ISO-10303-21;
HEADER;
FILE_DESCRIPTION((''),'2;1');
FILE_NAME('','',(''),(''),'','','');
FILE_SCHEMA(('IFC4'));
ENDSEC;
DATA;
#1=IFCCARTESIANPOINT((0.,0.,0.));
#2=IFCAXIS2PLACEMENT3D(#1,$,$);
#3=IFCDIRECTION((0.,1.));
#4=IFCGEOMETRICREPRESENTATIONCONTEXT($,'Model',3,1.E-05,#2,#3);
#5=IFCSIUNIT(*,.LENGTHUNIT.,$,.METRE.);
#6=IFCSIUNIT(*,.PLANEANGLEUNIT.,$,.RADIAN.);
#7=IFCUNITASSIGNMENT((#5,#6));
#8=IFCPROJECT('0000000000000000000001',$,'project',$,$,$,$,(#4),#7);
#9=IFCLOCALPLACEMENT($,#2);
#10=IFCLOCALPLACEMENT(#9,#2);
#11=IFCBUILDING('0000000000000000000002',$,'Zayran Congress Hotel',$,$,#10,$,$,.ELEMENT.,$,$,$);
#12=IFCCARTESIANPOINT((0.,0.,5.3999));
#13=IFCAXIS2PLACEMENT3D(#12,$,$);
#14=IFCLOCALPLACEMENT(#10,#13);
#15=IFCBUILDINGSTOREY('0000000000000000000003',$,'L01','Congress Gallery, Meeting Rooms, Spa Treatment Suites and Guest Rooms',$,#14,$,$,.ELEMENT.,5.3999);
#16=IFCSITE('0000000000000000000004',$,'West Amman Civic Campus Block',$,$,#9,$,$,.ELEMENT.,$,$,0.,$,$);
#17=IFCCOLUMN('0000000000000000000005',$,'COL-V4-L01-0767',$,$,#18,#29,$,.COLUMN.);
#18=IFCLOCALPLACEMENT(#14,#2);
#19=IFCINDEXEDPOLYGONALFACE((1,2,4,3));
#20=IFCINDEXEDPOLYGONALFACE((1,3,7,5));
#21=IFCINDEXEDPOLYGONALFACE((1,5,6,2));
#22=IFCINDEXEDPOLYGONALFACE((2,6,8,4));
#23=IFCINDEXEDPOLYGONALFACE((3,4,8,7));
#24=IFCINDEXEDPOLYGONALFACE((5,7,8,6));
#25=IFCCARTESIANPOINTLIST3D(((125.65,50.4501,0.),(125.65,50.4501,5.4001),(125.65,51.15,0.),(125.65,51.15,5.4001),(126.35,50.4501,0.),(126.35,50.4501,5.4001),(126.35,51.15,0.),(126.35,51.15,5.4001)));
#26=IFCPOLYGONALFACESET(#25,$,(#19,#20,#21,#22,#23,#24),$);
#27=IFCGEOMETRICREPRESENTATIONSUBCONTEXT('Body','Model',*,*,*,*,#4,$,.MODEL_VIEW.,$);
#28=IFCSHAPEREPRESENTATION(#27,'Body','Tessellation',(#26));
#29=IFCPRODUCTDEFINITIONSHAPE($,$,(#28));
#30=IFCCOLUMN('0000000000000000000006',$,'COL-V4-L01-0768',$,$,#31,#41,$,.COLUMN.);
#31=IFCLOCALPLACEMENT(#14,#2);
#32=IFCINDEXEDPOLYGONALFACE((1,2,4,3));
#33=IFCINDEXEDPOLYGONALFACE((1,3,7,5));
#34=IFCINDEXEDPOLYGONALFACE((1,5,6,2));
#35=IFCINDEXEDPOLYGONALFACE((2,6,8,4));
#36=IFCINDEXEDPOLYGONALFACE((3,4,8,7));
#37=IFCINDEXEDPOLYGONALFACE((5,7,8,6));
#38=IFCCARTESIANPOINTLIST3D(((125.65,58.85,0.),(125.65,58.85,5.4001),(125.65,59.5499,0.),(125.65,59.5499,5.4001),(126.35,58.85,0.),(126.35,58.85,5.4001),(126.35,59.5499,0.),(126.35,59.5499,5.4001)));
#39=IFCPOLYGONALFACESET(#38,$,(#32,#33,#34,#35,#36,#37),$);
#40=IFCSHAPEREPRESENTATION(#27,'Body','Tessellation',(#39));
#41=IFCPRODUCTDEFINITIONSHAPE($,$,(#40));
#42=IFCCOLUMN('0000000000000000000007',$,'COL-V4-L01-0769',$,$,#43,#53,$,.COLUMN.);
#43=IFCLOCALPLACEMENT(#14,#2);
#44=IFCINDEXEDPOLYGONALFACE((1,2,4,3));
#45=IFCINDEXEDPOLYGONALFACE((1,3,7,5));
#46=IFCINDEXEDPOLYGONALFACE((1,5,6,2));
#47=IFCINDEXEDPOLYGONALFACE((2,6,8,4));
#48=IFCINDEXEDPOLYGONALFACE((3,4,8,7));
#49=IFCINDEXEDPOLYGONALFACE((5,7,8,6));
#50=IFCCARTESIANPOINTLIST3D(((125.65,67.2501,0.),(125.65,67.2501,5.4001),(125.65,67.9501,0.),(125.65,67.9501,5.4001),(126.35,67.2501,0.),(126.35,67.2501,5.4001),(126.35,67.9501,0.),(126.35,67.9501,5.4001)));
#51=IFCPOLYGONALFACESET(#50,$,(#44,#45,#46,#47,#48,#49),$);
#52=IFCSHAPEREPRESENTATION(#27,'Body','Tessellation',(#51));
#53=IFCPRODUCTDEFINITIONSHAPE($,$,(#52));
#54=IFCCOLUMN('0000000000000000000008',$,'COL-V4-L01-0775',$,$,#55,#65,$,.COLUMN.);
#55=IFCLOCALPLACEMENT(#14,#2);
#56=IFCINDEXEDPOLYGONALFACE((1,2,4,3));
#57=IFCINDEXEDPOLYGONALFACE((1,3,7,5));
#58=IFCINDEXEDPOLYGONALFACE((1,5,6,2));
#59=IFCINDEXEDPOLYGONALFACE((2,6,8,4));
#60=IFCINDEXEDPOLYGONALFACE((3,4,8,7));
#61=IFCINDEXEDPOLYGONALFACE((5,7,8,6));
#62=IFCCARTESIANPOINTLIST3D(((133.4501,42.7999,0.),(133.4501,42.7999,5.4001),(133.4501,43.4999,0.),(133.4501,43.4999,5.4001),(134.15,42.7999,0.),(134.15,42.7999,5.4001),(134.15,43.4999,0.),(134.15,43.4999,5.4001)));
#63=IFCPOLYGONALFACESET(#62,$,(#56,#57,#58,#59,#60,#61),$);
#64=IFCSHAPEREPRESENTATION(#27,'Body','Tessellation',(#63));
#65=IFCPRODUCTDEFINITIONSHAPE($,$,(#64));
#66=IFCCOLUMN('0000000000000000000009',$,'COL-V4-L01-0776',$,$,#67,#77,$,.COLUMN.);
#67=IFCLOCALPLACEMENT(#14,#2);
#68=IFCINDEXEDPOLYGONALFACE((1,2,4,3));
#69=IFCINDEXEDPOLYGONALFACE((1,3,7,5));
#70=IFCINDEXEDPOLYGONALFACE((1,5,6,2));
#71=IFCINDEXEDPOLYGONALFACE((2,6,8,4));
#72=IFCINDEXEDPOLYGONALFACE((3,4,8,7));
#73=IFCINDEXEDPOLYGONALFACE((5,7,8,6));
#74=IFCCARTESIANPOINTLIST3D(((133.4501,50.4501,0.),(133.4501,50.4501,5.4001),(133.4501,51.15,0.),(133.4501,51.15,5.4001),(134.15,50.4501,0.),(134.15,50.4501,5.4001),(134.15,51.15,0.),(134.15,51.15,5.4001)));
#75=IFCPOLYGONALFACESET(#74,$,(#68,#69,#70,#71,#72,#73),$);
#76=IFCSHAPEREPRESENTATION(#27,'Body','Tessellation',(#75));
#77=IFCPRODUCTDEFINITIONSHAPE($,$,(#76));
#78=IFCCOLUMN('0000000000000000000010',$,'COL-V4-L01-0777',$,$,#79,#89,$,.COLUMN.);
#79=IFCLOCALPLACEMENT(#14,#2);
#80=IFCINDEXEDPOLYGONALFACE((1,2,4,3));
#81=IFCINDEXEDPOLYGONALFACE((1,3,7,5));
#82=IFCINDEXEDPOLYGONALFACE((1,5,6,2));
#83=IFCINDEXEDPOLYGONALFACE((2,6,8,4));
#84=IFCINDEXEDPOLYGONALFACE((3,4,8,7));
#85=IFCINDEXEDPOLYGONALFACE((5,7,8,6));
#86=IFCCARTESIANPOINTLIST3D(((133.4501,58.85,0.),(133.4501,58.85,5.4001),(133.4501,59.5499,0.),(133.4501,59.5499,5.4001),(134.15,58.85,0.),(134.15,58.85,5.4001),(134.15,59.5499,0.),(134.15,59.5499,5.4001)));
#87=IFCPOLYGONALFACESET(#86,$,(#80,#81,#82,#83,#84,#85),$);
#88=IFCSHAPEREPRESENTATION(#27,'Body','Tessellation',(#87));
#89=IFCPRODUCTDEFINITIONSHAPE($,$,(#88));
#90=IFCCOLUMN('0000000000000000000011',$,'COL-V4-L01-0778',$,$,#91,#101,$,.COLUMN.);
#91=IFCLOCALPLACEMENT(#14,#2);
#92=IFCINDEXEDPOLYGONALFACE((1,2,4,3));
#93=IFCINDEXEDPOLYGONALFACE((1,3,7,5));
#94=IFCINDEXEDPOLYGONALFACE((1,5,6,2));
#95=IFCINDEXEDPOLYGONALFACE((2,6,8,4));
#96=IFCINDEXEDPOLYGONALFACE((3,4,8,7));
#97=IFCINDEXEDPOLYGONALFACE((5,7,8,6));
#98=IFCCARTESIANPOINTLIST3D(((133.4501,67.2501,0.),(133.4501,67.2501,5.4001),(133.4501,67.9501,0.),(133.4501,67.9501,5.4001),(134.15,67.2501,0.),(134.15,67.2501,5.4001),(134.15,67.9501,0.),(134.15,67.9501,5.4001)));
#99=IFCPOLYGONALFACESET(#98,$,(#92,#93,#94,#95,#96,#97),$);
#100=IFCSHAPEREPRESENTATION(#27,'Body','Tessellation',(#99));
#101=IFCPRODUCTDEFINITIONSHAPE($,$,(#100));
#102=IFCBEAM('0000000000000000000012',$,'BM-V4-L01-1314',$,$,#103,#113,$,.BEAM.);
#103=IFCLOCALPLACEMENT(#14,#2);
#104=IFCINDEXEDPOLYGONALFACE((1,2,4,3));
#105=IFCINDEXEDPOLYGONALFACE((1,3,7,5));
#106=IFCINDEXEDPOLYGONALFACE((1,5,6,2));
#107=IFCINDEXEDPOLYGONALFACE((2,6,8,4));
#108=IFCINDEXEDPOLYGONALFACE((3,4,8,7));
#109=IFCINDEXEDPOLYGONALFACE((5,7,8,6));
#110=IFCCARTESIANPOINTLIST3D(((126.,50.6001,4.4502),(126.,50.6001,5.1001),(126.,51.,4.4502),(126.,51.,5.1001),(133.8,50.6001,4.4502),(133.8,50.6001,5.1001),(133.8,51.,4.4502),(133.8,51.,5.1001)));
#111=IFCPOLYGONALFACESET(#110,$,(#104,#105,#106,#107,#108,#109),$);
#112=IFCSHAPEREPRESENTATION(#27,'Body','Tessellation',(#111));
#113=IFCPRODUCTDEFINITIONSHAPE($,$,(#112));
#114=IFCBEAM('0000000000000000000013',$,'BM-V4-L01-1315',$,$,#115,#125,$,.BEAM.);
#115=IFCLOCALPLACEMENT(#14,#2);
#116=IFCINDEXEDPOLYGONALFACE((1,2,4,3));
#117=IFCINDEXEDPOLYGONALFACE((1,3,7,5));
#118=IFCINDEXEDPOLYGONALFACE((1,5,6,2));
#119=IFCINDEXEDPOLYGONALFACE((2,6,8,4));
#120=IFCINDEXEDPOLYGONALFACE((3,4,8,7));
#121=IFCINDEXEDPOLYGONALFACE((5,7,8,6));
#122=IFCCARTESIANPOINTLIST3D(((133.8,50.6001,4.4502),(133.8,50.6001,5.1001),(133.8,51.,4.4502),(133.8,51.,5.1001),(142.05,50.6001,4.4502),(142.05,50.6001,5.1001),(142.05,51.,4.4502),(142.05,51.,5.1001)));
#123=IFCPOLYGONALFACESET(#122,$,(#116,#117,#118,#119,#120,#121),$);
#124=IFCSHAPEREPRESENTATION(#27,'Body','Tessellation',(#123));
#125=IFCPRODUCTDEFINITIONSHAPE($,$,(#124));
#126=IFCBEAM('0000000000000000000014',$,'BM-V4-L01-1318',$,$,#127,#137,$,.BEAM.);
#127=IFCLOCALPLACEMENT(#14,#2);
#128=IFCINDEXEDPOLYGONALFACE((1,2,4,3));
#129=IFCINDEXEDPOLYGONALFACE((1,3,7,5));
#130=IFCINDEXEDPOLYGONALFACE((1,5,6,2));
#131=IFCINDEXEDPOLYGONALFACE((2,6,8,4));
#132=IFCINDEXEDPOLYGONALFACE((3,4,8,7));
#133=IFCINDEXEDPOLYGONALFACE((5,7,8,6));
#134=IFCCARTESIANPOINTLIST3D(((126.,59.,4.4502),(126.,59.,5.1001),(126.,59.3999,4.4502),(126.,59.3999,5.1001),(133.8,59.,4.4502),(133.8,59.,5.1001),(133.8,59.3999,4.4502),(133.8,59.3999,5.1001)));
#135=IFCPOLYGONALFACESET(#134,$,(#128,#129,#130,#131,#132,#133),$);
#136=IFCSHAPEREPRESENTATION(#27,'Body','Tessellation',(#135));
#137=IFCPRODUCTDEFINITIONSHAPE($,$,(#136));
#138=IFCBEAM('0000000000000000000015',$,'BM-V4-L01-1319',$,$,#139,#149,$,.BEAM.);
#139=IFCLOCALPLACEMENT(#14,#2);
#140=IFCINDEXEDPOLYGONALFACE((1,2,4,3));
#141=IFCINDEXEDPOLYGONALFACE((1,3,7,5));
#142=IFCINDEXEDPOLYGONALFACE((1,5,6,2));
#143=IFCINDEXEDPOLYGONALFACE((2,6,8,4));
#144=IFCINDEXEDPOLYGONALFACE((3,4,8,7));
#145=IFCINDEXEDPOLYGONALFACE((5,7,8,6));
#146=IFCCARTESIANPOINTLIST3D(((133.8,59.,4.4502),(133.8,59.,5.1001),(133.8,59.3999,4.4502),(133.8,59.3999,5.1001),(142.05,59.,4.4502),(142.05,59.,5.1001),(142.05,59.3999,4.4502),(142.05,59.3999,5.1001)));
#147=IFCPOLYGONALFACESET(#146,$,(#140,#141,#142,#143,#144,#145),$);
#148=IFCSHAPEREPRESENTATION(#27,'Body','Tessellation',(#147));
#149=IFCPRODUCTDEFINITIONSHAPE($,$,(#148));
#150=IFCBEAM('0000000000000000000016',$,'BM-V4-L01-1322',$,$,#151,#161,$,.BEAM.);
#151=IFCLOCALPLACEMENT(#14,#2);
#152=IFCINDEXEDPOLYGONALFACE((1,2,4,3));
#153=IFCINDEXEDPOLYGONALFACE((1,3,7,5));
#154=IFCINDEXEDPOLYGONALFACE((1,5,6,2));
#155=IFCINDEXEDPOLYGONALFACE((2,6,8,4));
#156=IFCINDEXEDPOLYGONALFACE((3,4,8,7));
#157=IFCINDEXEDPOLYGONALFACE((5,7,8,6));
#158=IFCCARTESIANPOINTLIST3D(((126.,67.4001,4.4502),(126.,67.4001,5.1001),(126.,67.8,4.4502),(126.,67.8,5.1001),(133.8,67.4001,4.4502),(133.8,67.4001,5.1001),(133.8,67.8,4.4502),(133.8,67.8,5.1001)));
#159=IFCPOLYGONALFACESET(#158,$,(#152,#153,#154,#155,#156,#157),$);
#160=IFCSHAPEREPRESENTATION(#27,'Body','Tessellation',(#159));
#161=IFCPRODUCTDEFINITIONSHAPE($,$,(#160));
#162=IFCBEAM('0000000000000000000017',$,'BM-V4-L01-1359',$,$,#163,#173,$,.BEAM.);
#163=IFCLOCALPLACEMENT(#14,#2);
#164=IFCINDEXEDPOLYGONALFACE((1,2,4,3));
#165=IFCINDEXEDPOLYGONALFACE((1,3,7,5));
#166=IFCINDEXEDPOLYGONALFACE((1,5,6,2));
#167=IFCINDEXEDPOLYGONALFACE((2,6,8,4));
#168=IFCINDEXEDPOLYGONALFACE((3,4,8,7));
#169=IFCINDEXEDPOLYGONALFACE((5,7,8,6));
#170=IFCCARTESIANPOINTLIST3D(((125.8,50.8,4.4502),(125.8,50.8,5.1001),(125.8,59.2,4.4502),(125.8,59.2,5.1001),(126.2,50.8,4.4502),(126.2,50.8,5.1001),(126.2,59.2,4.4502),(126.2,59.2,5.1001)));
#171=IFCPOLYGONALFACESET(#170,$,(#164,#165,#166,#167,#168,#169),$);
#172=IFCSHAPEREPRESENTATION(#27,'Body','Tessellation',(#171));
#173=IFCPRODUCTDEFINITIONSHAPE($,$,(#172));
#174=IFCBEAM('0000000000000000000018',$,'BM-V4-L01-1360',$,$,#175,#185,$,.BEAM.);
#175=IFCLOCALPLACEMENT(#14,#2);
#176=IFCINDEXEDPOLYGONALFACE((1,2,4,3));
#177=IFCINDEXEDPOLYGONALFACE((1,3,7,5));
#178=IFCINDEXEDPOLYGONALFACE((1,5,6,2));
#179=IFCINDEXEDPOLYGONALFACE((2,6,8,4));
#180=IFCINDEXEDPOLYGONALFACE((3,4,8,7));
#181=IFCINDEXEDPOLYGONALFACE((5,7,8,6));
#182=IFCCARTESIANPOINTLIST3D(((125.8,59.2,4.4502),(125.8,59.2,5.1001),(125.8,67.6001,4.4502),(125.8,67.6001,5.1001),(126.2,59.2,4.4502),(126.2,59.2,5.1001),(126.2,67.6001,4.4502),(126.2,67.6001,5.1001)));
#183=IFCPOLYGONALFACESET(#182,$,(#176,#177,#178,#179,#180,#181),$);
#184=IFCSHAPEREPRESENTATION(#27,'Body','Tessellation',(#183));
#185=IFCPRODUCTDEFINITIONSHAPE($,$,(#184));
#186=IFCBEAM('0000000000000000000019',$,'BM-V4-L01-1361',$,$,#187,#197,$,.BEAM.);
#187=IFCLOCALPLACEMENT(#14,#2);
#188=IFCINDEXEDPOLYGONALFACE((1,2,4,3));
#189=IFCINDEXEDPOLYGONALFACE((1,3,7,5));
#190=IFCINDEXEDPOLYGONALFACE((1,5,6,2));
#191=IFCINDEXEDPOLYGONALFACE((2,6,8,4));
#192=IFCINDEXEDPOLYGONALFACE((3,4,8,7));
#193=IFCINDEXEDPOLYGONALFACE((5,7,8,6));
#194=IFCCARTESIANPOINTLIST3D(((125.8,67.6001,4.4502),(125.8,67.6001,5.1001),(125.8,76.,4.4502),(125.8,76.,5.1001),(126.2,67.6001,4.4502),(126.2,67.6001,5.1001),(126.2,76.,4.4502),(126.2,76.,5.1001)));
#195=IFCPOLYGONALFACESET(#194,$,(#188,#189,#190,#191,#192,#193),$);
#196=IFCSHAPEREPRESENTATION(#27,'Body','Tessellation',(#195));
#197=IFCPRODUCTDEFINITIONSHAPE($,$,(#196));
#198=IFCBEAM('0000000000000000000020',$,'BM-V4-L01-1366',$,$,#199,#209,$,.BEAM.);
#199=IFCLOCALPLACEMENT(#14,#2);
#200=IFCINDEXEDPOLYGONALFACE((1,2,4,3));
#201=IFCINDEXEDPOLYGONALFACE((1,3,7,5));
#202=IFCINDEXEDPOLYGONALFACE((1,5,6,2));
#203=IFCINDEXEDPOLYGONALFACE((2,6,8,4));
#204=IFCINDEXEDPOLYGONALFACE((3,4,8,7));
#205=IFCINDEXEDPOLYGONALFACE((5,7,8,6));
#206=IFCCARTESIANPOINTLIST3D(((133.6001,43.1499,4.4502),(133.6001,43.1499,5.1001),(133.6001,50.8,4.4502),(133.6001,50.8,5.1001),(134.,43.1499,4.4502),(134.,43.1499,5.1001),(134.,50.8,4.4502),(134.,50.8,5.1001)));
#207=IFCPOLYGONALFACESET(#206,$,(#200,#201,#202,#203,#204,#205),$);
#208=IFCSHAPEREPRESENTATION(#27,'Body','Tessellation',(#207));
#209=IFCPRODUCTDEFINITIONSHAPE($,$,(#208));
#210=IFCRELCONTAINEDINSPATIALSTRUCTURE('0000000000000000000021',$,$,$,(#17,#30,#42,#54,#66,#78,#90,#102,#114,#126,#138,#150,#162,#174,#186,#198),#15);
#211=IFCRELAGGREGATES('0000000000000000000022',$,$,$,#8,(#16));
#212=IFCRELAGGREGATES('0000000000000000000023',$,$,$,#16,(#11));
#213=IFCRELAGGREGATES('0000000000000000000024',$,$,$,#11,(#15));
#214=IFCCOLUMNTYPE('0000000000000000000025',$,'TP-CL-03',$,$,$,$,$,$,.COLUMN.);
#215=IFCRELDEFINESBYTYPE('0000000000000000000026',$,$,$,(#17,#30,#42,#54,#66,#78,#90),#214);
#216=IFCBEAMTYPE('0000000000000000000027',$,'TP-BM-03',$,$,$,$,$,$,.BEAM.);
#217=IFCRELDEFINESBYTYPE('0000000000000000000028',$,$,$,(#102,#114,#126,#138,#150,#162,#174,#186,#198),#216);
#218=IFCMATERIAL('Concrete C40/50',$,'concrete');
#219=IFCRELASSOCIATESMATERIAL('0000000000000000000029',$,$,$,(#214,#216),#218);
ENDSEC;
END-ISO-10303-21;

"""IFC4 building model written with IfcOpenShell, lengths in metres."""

from ifc_helpers import new_model, si_unit, direction, frame, origin, origin_2d, place, context, subcontext, project, spatial, rectangle, extrude, material, material_profile, profile_set, type_object, element, save


model = new_model("IFC4")

# Units and contexts
model_context = context("Model", 3, precision=1e-05, world=origin(), true_north=direction((0.0, 1.0)))
body_context = subcontext(model_context, "Body", "Model", "MODEL_VIEW")
ifc_project = project(units=[si_unit("LENGTHUNIT", "METRE"), si_unit("PLANEANGLEUNIT", "RADIAN")], contexts=[model_context])

# Site, building, storey
site_placement = place(None, origin())
site = spatial("IfcSite", under=ifc_project, at=site_placement, Name="West Amman Civic Campus Block", CompositionType="ELEMENT", RefElevation=0.0)
building_placement = place(site_placement, origin())
building = spatial("IfcBuilding", under=site, at=building_placement, Name="Zayran Congress Hotel", CompositionType="ELEMENT")
storey_placement = place(building_placement, frame((0.0, 0.0, 5.3999)))
storey = spatial("IfcBuildingStorey", under=building, at=storey_placement, Name="L01", Description="Congress Gallery, Meeting Rooms, Spa Treatment Suites and Guest Rooms", CompositionType="ELEMENT", Elevation=5.3999)

# Columns
ifc_material_1 = material(Name="Concrete C40/50", Category="concrete")
ifc_material_profile_1 = material_profile(ifc_material_1, rectangle(XDim=0.7, YDim=0.7, at=origin_2d()), Name="RC 700x700")
ifc_profile_set_1 = profile_set([ifc_material_profile_1], Name="Concrete C40/50")
column_type = type_object("IfcColumnType", Name="TP-CL-03", PredefinedType="COLUMN", material=ifc_profile_set_1)
for number, where, z_axis, x_axis, name in (
    (1, (126.0, 50.8, 0.0), (0.0, 0.0, 1.0), (1.0, 0.0, 0.0), "COL-V4-L01-0767"),
    (2, (126.0, 59.2, 0.0), (0.0, 0.0, 1.0), (1.0, 0.0, 0.0), "COL-V4-L01-0768"),
    (3, (126.0, 67.6001, 0.0), (0.0, 0.0, 1.0), (1.0, 0.0, 0.0), "COL-V4-L01-0769"),
    (4, (133.8, 43.1499, 0.0), (0.0, 0.0, 1.0), (1.0, 0.0, 0.0), "COL-V4-L01-0775"),
    (5, (133.8, 50.8, 0.0), (0.0, 0.0, 1.0), (1.0, 0.0, 0.0), "COL-V4-L01-0776"),
    (6, (133.8, 59.2, 0.0), (0.0, 0.0, 1.0), (1.0, 0.0, 0.0), "COL-V4-L01-0777"),
    (7, (133.8, 67.6001, 0.0), (0.0, 0.0, 1.0), (1.0, 0.0, 0.0), "COL-V4-L01-0778"),
):
    element("IfcColumn", number, at=place(storey_placement, frame(where, z_axis=z_axis, x_axis=x_axis)), inside=storey, type_object=column_type, Name=name, PredefinedType="COLUMN", context=body_context, shape_type="SweptSolid", body=[
        extrude(rectangle(XDim=0.7, YDim=0.7, at=origin_2d()), origin(), (0.0, 0.0, 1.0), 5.4001),
    ])

# Beams
ifc_material_profile_2 = material_profile(ifc_material_1, rectangle(XDim=0.3999, YDim=0.6499, at=origin_2d()), Name="RC 400x650")
ifc_profile_set_2 = profile_set([ifc_material_profile_2], Name="Concrete C40/50")
beam_type_1 = type_object("IfcBeamType", Name="TP-BM-03", PredefinedType="BEAM", material=ifc_profile_set_2)
beam_1_placement = place(storey_placement, frame((126.0, 50.8, 4.7751), z_axis=(1.0, 0.0, 0.0), x_axis=(0.0, 1.0, 0.0)))
element("IfcBeam", 8, at=beam_1_placement, inside=storey, type_object=beam_type_1, Name="BM-V4-L01-1314", PredefinedType="BEAM", context=body_context, shape_type="SweptSolid", body=[
    extrude(rectangle(XDim=0.3999, YDim=0.6499, at=origin_2d()), origin(), (0.0, 0.0, 1.0), 7.8),
])
beam_2_placement = place(storey_placement, frame((133.8, 50.8, 4.7751), z_axis=(1.0, 0.0, 0.0), x_axis=(0.0, 1.0, 0.0)))
element("IfcBeam", 9, at=beam_2_placement, inside=storey, type_object=beam_type_1, Name="BM-V4-L01-1315", PredefinedType="BEAM", context=body_context, shape_type="SweptSolid", body=[
    extrude(rectangle(XDim=0.3999, YDim=0.6499, at=origin_2d()), origin(), (0.0, 0.0, 1.0), 8.25),
])
beam_3_placement = place(storey_placement, frame((126.0, 59.2, 4.7751), z_axis=(1.0, 0.0, 0.0), x_axis=(0.0, 1.0, 0.0)))
element("IfcBeam", 10, at=beam_3_placement, inside=storey, type_object=beam_type_1, Name="BM-V4-L01-1318", PredefinedType="BEAM", context=body_context, shape_type="SweptSolid", body=[
    extrude(rectangle(XDim=0.3999, YDim=0.6499, at=origin_2d()), origin(), (0.0, 0.0, 1.0), 7.8),
])
beam_4_placement = place(storey_placement, frame((133.8, 59.2, 4.7751), z_axis=(1.0, 0.0, 0.0), x_axis=(0.0, 1.0, 0.0)))
element("IfcBeam", 11, at=beam_4_placement, inside=storey, type_object=beam_type_1, Name="BM-V4-L01-1319", PredefinedType="BEAM", context=body_context, shape_type="SweptSolid", body=[
    extrude(rectangle(XDim=0.3999, YDim=0.6499, at=origin_2d()), origin(), (0.0, 0.0, 1.0), 8.25),
])
beam_5_placement = place(storey_placement, frame((126.0, 67.6001, 4.7751), z_axis=(1.0, 0.0, 0.0), x_axis=(0.0, 1.0, 0.0)))
element("IfcBeam", 12, at=beam_5_placement, inside=storey, type_object=beam_type_1, Name="BM-V4-L01-1322", PredefinedType="BEAM", context=body_context, shape_type="SweptSolid", body=[
    extrude(rectangle(XDim=0.3999, YDim=0.6499, at=origin_2d()), origin(), (0.0, 0.0, 1.0), 7.8),
])
beam_6_placement = place(storey_placement, frame((126.0, 50.8, 4.7751), z_axis=(0.0, 1.0, 0.0), x_axis=(-1.0, 0.0, 0.0)))
element("IfcBeam", 13, at=beam_6_placement, inside=storey, type_object=beam_type_1, Name="BM-V4-L01-1359", PredefinedType="BEAM", context=body_context, shape_type="SweptSolid", body=[
    extrude(rectangle(XDim=0.3999, YDim=0.6499, at=origin_2d()), origin(), (0.0, 0.0, 1.0), 8.3999),
])
beam_7_placement = place(storey_placement, frame((126.0, 59.2, 4.7751), z_axis=(0.0, 1.0, 0.0), x_axis=(-1.0, 0.0, 0.0)))
element("IfcBeam", 14, at=beam_7_placement, inside=storey, type_object=beam_type_1, Name="BM-V4-L01-1360", PredefinedType="BEAM", context=body_context, shape_type="SweptSolid", body=[
    extrude(rectangle(XDim=0.3999, YDim=0.6499, at=origin_2d()), origin(), (0.0, 0.0, 1.0), 8.4001),
])
beam_8_placement = place(storey_placement, frame((126.0, 67.6001, 4.7751), z_axis=(0.0, 1.0, 0.0), x_axis=(-1.0, 0.0, 0.0)))
element("IfcBeam", 15, at=beam_8_placement, inside=storey, type_object=beam_type_1, Name="BM-V4-L01-1361", PredefinedType="BEAM", context=body_context, shape_type="SweptSolid", body=[
    extrude(rectangle(XDim=0.3999, YDim=0.6499, at=origin_2d()), origin(), (0.0, 0.0, 1.0), 8.3999),
])
beam_9_placement = place(storey_placement, frame((133.8, 43.1499, 4.7751), z_axis=(0.0, 1.0, 0.0), x_axis=(-1.0, 0.0, 0.0)))
element("IfcBeam", 16, at=beam_9_placement, inside=storey, type_object=beam_type_1, Name="BM-V4-L01-1366", PredefinedType="BEAM", context=body_context, shape_type="SweptSolid", body=[
    extrude(rectangle(XDim=0.3999, YDim=0.6499, at=origin_2d()), origin(), (0.0, 0.0, 1.0), 7.6501),
])

save(model, "model.ifc")
